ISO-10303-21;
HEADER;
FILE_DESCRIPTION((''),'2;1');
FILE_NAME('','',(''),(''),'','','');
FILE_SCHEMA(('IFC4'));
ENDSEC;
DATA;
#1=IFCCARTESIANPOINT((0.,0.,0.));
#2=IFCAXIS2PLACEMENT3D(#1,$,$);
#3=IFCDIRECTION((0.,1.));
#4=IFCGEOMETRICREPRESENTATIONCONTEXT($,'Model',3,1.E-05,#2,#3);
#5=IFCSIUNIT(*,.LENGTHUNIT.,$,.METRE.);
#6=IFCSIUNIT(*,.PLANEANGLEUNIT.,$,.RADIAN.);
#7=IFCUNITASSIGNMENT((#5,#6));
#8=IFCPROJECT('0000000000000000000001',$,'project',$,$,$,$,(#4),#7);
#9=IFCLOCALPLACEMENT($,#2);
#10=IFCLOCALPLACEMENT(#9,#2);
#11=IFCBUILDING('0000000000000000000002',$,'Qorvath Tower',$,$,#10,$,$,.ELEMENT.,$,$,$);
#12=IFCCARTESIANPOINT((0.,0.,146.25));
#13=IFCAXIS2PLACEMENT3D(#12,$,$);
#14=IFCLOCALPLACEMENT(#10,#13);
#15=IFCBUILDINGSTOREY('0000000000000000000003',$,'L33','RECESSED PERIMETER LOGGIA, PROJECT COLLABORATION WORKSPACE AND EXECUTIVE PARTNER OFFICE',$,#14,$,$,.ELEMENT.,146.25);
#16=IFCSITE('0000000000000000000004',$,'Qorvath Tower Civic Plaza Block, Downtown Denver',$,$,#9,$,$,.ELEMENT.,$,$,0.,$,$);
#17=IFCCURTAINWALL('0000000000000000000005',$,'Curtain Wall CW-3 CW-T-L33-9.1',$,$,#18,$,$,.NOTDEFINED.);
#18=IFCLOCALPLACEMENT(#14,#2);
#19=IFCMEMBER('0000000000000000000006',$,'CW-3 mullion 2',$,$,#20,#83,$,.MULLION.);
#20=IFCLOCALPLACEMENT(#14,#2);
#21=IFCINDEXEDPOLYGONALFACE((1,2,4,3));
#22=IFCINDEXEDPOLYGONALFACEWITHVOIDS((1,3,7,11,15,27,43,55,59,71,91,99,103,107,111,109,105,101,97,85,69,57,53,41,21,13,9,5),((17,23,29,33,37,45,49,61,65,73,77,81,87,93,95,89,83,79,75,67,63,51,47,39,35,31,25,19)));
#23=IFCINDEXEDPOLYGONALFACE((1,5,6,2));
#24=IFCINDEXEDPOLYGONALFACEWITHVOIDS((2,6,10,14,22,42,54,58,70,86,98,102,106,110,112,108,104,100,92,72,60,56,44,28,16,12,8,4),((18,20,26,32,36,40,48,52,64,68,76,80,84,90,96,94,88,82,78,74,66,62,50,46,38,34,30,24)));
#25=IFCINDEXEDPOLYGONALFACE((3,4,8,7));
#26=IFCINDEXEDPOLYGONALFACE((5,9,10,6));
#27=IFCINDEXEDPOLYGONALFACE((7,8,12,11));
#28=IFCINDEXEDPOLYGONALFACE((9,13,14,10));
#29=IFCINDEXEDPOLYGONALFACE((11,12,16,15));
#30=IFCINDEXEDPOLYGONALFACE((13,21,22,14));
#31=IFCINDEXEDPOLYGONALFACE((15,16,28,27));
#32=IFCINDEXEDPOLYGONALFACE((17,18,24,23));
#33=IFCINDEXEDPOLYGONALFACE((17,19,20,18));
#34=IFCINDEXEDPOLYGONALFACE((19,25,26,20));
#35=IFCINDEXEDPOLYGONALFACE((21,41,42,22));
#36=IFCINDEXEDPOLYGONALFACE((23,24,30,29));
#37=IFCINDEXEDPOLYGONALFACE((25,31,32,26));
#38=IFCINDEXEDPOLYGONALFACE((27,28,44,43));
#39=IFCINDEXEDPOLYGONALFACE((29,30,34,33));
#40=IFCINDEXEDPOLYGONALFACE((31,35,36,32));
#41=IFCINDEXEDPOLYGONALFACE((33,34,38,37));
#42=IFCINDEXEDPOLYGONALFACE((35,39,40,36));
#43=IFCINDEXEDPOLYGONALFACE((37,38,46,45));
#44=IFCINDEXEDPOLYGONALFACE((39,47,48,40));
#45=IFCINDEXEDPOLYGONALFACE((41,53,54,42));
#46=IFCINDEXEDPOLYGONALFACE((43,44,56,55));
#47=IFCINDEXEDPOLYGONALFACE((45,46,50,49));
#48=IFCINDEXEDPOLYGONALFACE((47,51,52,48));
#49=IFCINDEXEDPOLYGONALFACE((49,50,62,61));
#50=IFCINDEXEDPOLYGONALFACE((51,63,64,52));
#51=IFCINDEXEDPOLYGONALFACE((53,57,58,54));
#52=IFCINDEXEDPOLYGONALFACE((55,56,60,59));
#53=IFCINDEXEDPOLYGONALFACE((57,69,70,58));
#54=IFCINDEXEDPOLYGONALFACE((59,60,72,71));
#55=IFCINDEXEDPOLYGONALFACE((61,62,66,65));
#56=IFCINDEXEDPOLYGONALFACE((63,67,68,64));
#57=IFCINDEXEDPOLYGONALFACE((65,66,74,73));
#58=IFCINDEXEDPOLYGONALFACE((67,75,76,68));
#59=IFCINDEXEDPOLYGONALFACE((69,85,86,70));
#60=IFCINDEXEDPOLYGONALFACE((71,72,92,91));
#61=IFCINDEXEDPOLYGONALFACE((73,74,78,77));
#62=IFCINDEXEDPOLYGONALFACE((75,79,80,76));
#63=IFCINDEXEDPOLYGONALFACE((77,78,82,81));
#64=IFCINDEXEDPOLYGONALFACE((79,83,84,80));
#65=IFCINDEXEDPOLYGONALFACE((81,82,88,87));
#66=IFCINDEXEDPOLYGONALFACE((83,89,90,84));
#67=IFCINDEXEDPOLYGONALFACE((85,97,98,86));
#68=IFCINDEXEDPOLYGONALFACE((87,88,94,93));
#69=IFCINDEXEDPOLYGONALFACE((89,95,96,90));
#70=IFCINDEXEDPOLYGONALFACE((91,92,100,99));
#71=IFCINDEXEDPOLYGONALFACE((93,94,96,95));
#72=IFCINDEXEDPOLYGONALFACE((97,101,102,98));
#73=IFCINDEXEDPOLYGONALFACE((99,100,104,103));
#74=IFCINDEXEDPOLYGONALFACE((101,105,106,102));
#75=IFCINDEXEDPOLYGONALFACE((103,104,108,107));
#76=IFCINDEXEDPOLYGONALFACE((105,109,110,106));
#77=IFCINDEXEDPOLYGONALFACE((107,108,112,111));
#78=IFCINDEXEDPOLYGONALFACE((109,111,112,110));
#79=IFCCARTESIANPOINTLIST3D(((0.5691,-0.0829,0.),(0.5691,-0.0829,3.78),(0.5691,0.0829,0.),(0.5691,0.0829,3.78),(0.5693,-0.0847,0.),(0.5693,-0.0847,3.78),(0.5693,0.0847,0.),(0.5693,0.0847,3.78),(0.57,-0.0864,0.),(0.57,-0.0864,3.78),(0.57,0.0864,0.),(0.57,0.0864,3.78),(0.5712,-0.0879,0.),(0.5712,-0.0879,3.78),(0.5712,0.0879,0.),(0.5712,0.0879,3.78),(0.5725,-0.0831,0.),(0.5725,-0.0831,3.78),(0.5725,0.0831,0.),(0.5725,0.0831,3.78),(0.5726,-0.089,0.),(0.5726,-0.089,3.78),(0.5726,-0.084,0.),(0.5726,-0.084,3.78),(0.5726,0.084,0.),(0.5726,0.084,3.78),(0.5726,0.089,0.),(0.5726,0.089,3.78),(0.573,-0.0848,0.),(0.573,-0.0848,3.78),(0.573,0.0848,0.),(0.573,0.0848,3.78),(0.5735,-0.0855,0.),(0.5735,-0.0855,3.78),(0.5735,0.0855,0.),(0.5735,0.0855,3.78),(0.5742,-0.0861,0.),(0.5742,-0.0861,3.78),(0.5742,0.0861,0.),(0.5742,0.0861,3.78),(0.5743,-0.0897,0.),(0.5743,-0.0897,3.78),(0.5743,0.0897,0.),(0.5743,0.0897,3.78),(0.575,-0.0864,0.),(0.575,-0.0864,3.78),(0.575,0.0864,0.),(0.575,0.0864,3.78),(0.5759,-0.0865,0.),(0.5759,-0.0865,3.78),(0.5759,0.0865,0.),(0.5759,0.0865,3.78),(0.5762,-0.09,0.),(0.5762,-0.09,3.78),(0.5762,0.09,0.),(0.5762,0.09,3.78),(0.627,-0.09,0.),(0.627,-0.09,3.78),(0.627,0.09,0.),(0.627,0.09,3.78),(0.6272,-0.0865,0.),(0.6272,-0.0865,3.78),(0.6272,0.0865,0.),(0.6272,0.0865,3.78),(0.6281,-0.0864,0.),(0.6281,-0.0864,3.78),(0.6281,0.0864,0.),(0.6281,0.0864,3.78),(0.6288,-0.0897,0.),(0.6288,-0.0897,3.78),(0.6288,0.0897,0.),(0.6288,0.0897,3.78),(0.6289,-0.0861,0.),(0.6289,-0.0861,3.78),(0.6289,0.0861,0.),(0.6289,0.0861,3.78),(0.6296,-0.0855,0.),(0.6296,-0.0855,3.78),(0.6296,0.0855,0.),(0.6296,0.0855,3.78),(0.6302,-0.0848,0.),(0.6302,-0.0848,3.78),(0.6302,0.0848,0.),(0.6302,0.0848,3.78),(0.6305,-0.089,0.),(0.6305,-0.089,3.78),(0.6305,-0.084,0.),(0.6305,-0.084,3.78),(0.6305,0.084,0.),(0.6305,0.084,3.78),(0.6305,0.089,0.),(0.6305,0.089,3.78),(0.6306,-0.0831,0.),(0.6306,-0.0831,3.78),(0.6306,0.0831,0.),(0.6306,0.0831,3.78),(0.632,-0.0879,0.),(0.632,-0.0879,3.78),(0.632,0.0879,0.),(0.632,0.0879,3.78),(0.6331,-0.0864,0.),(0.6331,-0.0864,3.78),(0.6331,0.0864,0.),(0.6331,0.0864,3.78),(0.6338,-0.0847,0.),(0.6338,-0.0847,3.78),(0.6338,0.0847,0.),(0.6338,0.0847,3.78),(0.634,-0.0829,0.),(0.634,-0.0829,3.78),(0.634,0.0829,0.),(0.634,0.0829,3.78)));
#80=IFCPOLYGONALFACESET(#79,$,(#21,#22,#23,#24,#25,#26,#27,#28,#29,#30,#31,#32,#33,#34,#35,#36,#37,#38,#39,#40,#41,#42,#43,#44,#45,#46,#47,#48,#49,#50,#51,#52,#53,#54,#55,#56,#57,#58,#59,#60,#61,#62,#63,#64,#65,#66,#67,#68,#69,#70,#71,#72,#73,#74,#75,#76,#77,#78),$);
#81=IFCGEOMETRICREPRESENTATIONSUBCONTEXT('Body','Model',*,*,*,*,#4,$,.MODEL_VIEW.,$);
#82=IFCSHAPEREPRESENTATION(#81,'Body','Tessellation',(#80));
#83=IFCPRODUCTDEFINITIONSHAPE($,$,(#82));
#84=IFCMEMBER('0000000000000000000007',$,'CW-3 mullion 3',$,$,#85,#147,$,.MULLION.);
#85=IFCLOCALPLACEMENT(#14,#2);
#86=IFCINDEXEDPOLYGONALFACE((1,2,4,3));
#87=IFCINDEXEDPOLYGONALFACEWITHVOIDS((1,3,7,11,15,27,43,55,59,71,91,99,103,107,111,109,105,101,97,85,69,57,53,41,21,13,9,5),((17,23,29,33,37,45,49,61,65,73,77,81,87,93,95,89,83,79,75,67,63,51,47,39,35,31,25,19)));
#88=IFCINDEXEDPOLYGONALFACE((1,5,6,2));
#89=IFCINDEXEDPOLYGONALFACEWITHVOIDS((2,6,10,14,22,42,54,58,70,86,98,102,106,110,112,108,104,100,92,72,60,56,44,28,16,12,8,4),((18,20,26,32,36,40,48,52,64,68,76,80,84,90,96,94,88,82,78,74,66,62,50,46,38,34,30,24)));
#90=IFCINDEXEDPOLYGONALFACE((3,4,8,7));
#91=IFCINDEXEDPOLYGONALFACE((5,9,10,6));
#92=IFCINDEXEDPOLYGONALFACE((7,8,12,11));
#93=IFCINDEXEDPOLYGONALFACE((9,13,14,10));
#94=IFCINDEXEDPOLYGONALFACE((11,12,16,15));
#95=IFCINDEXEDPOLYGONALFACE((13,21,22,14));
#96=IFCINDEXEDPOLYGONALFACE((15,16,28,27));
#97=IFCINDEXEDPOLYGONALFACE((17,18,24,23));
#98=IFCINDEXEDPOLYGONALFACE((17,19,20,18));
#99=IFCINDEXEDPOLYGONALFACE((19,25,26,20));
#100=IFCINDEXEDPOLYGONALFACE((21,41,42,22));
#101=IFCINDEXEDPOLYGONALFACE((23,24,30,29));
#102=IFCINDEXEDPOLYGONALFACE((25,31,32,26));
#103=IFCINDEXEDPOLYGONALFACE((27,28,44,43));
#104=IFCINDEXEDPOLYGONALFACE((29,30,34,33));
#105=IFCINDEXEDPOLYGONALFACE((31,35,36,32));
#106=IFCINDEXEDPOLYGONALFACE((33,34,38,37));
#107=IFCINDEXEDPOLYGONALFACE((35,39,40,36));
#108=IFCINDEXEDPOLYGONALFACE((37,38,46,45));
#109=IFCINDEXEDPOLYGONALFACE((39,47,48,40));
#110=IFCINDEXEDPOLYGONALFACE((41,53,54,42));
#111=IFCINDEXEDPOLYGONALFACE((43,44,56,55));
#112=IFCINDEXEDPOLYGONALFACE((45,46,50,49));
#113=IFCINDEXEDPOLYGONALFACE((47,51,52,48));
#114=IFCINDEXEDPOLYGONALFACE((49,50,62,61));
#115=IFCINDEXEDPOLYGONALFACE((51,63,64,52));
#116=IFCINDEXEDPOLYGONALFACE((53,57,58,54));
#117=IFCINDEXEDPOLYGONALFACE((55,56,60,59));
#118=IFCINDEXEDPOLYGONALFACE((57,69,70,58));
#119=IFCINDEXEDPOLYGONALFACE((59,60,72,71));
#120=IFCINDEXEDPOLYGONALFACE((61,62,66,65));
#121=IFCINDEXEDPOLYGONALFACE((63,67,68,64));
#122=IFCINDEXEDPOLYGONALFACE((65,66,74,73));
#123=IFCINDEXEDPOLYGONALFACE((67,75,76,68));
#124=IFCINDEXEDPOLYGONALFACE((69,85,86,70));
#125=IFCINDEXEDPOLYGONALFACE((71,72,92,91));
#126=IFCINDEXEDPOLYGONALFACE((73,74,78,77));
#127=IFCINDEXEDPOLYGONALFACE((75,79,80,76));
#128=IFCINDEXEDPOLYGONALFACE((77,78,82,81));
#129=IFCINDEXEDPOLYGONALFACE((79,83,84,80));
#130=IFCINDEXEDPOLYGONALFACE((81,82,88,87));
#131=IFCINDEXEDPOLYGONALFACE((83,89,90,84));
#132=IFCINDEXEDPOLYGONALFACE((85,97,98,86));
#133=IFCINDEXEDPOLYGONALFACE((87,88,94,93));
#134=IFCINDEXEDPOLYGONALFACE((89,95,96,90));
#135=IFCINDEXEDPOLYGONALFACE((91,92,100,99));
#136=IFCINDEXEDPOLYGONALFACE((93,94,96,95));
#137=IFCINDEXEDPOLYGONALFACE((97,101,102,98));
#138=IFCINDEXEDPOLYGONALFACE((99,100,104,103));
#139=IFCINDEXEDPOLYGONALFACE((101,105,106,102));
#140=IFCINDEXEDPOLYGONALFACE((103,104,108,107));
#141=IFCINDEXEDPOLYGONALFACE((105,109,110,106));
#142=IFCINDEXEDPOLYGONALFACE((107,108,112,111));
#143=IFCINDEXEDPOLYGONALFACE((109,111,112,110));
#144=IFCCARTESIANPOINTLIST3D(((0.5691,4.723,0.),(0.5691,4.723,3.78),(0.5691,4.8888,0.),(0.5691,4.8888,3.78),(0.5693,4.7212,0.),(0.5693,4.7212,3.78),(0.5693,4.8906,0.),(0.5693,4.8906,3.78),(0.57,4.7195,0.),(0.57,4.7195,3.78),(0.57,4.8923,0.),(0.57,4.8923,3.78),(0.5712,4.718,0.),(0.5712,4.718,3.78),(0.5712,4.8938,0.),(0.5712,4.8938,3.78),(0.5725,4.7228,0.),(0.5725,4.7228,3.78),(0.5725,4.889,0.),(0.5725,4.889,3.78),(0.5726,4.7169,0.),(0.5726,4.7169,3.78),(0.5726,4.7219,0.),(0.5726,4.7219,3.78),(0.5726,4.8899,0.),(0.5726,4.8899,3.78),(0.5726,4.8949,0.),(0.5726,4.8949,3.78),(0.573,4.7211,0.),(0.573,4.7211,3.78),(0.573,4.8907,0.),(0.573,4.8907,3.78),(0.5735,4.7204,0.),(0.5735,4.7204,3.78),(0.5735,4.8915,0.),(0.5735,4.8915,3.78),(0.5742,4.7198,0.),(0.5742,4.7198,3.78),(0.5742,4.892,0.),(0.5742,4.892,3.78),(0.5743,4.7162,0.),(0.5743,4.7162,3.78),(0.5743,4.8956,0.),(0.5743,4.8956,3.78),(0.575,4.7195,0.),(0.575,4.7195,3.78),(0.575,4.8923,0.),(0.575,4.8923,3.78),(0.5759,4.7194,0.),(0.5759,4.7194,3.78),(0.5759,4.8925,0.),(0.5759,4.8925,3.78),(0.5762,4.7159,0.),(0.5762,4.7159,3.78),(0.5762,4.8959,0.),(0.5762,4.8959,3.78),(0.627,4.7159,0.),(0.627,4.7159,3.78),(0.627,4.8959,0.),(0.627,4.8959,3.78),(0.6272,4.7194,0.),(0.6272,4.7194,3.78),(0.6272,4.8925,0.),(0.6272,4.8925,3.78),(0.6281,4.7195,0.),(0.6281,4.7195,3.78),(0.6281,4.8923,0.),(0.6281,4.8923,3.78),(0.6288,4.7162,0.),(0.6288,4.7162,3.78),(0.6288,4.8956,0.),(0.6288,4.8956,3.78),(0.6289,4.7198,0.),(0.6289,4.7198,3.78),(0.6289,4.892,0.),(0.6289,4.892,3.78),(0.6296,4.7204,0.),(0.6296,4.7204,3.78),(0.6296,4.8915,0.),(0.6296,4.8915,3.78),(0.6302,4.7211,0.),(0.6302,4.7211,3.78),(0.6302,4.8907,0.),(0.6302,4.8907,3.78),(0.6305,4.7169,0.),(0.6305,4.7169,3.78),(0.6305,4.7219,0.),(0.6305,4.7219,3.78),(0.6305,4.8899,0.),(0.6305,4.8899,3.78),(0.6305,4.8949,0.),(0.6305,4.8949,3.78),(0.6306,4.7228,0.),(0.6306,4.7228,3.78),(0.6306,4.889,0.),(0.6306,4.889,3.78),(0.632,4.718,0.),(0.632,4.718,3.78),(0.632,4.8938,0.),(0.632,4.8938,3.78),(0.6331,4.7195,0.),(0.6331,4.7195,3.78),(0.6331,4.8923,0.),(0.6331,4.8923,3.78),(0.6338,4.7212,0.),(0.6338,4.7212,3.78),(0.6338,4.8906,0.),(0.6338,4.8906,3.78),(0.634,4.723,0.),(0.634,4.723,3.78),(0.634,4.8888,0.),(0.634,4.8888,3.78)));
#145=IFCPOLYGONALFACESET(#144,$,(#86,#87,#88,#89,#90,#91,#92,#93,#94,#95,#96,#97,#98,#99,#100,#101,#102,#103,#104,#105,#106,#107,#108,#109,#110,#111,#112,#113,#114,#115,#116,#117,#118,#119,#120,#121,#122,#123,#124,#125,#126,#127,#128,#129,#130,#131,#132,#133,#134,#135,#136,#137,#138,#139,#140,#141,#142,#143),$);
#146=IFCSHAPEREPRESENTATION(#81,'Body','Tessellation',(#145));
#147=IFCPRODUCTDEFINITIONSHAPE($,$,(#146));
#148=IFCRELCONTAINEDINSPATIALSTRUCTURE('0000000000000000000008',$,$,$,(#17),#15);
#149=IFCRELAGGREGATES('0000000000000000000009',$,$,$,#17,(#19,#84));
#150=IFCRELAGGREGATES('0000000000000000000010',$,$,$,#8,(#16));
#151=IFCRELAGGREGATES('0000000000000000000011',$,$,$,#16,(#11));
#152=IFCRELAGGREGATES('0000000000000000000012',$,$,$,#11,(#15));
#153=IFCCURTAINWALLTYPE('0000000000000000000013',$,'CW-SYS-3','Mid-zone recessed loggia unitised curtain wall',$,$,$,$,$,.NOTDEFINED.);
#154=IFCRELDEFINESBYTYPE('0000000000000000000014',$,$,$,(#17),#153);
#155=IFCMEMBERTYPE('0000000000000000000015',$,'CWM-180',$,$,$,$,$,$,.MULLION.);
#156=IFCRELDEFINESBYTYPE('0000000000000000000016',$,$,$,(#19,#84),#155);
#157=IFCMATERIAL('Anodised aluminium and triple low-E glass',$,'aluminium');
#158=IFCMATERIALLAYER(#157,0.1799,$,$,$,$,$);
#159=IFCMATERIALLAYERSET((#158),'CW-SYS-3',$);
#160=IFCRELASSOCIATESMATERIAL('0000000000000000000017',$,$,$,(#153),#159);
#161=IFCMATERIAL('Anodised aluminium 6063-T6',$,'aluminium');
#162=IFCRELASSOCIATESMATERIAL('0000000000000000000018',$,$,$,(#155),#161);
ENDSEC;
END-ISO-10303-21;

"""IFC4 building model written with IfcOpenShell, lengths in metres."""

from ifc_helpers import new_model, si_unit, direction, frame, origin, origin_2d, place, context, subcontext, project, spatial, hollow_rectangle, extrude, material, layer, layer_set, material_profile, profile_set, type_object, element, aggregate, save


model = new_model("IFC4")

# Units and contexts
model_context = context("Model", 3, precision=1e-05, world=origin(), true_north=direction((0.0, 1.0)))
body_context = subcontext(model_context, "Body", "Model", "MODEL_VIEW")
ifc_project = project(units=[si_unit("LENGTHUNIT", "METRE"), si_unit("PLANEANGLEUNIT", "RADIAN")], contexts=[model_context])

# Site, building, storey
site_placement = place(None, origin())
site = spatial("IfcSite", under=ifc_project, at=site_placement, Name="Qorvath Tower Civic Plaza Block, Downtown Denver", CompositionType="ELEMENT", RefElevation=0.0)
building_placement = place(site_placement, origin())
building = spatial("IfcBuilding", under=site, at=building_placement, Name="Qorvath Tower", CompositionType="ELEMENT")
storey_placement = place(building_placement, frame((0.0, 0.0, 146.25)))
storey = spatial("IfcBuildingStorey", under=building, at=storey_placement, Name="L33", Description="RECESSED PERIMETER LOGGIA, PROJECT COLLABORATION WORKSPACE AND EXECUTIVE PARTNER OFFICE", CompositionType="ELEMENT", Elevation=146.25)

# Curtain wall, members
ifc_material_1 = material(Name="Anodised aluminium and triple low-E glass", Category="aluminium")
ifc_layer_1 = layer(ifc_material_1, 0.1799)
ifc_layer_set_1 = layer_set([ifc_layer_1], Name="CW-SYS-3")
curtain_wall_type = type_object("IfcCurtainWallType", Name="CW-SYS-3", Description="Mid-zone recessed loggia unitised curtain wall", PredefinedType="NOTDEFINED", material=ifc_layer_set_1)
curtain_wall_placement = place(storey_placement, origin())
curtain_wall = element("IfcCurtainWall", 1, at=curtain_wall_placement, inside=storey, type_object=curtain_wall_type, Name="Curtain Wall CW-3 CW-T-L33-9.1", PredefinedType="NOTDEFINED")
ifc_material_2 = material(Name="Anodised aluminium 6063-T6", Category="aluminium")
ifc_material_profile_1 = material_profile(ifc_material_2, hollow_rectangle(XDim=0.0649, YDim=0.1799, WallThickness=0.0034, InnerFilletRadius=0.0034, OuterFilletRadius=0.0071, at=origin_2d()), Name="CWM 180x65")
ifc_profile_set_1 = profile_set([ifc_material_profile_1], Name="Anodised aluminium 6063-T6")
member_type_1 = type_object("IfcMemberType", Name="CWM-180", PredefinedType="MULLION", material=ifc_profile_set_1)
member_1_placement = place(storey_placement, frame((0.6016, 0.0, 0.0), z_axis=(0.0, 0.0, 1.0), x_axis=(-1.0, 0.0, 0.0)))
member_1 = element("IfcMember", 2, at=member_1_placement, type_object=member_type_1, Name="CW-3 mullion 2", PredefinedType="MULLION", context=body_context, shape_type="SweptSolid", body=[
    extrude(hollow_rectangle(XDim=0.0649, YDim=0.1799, WallThickness=0.0034, InnerFilletRadius=0.0034, OuterFilletRadius=0.0071, at=origin_2d()), origin(), (0.0, 0.0, 1.0), 3.78),
])
member_2_placement = place(storey_placement, frame((0.6016, 4.8059, 0.0), z_axis=(0.0, 0.0, 1.0), x_axis=(-1.0, 0.0, 0.0)))
member_2 = element("IfcMember", 3, at=member_2_placement, type_object=member_type_1, Name="CW-3 mullion 3", PredefinedType="MULLION", context=body_context, shape_type="SweptSolid", body=[
    extrude(hollow_rectangle(XDim=0.0649, YDim=0.1799, WallThickness=0.0034, InnerFilletRadius=0.0034, OuterFilletRadius=0.0071, at=origin_2d()), origin(), (0.0, 0.0, 1.0), 3.78),
])
aggregate(curtain_wall, [member_1, member_2])

save(model, "model.ifc")
